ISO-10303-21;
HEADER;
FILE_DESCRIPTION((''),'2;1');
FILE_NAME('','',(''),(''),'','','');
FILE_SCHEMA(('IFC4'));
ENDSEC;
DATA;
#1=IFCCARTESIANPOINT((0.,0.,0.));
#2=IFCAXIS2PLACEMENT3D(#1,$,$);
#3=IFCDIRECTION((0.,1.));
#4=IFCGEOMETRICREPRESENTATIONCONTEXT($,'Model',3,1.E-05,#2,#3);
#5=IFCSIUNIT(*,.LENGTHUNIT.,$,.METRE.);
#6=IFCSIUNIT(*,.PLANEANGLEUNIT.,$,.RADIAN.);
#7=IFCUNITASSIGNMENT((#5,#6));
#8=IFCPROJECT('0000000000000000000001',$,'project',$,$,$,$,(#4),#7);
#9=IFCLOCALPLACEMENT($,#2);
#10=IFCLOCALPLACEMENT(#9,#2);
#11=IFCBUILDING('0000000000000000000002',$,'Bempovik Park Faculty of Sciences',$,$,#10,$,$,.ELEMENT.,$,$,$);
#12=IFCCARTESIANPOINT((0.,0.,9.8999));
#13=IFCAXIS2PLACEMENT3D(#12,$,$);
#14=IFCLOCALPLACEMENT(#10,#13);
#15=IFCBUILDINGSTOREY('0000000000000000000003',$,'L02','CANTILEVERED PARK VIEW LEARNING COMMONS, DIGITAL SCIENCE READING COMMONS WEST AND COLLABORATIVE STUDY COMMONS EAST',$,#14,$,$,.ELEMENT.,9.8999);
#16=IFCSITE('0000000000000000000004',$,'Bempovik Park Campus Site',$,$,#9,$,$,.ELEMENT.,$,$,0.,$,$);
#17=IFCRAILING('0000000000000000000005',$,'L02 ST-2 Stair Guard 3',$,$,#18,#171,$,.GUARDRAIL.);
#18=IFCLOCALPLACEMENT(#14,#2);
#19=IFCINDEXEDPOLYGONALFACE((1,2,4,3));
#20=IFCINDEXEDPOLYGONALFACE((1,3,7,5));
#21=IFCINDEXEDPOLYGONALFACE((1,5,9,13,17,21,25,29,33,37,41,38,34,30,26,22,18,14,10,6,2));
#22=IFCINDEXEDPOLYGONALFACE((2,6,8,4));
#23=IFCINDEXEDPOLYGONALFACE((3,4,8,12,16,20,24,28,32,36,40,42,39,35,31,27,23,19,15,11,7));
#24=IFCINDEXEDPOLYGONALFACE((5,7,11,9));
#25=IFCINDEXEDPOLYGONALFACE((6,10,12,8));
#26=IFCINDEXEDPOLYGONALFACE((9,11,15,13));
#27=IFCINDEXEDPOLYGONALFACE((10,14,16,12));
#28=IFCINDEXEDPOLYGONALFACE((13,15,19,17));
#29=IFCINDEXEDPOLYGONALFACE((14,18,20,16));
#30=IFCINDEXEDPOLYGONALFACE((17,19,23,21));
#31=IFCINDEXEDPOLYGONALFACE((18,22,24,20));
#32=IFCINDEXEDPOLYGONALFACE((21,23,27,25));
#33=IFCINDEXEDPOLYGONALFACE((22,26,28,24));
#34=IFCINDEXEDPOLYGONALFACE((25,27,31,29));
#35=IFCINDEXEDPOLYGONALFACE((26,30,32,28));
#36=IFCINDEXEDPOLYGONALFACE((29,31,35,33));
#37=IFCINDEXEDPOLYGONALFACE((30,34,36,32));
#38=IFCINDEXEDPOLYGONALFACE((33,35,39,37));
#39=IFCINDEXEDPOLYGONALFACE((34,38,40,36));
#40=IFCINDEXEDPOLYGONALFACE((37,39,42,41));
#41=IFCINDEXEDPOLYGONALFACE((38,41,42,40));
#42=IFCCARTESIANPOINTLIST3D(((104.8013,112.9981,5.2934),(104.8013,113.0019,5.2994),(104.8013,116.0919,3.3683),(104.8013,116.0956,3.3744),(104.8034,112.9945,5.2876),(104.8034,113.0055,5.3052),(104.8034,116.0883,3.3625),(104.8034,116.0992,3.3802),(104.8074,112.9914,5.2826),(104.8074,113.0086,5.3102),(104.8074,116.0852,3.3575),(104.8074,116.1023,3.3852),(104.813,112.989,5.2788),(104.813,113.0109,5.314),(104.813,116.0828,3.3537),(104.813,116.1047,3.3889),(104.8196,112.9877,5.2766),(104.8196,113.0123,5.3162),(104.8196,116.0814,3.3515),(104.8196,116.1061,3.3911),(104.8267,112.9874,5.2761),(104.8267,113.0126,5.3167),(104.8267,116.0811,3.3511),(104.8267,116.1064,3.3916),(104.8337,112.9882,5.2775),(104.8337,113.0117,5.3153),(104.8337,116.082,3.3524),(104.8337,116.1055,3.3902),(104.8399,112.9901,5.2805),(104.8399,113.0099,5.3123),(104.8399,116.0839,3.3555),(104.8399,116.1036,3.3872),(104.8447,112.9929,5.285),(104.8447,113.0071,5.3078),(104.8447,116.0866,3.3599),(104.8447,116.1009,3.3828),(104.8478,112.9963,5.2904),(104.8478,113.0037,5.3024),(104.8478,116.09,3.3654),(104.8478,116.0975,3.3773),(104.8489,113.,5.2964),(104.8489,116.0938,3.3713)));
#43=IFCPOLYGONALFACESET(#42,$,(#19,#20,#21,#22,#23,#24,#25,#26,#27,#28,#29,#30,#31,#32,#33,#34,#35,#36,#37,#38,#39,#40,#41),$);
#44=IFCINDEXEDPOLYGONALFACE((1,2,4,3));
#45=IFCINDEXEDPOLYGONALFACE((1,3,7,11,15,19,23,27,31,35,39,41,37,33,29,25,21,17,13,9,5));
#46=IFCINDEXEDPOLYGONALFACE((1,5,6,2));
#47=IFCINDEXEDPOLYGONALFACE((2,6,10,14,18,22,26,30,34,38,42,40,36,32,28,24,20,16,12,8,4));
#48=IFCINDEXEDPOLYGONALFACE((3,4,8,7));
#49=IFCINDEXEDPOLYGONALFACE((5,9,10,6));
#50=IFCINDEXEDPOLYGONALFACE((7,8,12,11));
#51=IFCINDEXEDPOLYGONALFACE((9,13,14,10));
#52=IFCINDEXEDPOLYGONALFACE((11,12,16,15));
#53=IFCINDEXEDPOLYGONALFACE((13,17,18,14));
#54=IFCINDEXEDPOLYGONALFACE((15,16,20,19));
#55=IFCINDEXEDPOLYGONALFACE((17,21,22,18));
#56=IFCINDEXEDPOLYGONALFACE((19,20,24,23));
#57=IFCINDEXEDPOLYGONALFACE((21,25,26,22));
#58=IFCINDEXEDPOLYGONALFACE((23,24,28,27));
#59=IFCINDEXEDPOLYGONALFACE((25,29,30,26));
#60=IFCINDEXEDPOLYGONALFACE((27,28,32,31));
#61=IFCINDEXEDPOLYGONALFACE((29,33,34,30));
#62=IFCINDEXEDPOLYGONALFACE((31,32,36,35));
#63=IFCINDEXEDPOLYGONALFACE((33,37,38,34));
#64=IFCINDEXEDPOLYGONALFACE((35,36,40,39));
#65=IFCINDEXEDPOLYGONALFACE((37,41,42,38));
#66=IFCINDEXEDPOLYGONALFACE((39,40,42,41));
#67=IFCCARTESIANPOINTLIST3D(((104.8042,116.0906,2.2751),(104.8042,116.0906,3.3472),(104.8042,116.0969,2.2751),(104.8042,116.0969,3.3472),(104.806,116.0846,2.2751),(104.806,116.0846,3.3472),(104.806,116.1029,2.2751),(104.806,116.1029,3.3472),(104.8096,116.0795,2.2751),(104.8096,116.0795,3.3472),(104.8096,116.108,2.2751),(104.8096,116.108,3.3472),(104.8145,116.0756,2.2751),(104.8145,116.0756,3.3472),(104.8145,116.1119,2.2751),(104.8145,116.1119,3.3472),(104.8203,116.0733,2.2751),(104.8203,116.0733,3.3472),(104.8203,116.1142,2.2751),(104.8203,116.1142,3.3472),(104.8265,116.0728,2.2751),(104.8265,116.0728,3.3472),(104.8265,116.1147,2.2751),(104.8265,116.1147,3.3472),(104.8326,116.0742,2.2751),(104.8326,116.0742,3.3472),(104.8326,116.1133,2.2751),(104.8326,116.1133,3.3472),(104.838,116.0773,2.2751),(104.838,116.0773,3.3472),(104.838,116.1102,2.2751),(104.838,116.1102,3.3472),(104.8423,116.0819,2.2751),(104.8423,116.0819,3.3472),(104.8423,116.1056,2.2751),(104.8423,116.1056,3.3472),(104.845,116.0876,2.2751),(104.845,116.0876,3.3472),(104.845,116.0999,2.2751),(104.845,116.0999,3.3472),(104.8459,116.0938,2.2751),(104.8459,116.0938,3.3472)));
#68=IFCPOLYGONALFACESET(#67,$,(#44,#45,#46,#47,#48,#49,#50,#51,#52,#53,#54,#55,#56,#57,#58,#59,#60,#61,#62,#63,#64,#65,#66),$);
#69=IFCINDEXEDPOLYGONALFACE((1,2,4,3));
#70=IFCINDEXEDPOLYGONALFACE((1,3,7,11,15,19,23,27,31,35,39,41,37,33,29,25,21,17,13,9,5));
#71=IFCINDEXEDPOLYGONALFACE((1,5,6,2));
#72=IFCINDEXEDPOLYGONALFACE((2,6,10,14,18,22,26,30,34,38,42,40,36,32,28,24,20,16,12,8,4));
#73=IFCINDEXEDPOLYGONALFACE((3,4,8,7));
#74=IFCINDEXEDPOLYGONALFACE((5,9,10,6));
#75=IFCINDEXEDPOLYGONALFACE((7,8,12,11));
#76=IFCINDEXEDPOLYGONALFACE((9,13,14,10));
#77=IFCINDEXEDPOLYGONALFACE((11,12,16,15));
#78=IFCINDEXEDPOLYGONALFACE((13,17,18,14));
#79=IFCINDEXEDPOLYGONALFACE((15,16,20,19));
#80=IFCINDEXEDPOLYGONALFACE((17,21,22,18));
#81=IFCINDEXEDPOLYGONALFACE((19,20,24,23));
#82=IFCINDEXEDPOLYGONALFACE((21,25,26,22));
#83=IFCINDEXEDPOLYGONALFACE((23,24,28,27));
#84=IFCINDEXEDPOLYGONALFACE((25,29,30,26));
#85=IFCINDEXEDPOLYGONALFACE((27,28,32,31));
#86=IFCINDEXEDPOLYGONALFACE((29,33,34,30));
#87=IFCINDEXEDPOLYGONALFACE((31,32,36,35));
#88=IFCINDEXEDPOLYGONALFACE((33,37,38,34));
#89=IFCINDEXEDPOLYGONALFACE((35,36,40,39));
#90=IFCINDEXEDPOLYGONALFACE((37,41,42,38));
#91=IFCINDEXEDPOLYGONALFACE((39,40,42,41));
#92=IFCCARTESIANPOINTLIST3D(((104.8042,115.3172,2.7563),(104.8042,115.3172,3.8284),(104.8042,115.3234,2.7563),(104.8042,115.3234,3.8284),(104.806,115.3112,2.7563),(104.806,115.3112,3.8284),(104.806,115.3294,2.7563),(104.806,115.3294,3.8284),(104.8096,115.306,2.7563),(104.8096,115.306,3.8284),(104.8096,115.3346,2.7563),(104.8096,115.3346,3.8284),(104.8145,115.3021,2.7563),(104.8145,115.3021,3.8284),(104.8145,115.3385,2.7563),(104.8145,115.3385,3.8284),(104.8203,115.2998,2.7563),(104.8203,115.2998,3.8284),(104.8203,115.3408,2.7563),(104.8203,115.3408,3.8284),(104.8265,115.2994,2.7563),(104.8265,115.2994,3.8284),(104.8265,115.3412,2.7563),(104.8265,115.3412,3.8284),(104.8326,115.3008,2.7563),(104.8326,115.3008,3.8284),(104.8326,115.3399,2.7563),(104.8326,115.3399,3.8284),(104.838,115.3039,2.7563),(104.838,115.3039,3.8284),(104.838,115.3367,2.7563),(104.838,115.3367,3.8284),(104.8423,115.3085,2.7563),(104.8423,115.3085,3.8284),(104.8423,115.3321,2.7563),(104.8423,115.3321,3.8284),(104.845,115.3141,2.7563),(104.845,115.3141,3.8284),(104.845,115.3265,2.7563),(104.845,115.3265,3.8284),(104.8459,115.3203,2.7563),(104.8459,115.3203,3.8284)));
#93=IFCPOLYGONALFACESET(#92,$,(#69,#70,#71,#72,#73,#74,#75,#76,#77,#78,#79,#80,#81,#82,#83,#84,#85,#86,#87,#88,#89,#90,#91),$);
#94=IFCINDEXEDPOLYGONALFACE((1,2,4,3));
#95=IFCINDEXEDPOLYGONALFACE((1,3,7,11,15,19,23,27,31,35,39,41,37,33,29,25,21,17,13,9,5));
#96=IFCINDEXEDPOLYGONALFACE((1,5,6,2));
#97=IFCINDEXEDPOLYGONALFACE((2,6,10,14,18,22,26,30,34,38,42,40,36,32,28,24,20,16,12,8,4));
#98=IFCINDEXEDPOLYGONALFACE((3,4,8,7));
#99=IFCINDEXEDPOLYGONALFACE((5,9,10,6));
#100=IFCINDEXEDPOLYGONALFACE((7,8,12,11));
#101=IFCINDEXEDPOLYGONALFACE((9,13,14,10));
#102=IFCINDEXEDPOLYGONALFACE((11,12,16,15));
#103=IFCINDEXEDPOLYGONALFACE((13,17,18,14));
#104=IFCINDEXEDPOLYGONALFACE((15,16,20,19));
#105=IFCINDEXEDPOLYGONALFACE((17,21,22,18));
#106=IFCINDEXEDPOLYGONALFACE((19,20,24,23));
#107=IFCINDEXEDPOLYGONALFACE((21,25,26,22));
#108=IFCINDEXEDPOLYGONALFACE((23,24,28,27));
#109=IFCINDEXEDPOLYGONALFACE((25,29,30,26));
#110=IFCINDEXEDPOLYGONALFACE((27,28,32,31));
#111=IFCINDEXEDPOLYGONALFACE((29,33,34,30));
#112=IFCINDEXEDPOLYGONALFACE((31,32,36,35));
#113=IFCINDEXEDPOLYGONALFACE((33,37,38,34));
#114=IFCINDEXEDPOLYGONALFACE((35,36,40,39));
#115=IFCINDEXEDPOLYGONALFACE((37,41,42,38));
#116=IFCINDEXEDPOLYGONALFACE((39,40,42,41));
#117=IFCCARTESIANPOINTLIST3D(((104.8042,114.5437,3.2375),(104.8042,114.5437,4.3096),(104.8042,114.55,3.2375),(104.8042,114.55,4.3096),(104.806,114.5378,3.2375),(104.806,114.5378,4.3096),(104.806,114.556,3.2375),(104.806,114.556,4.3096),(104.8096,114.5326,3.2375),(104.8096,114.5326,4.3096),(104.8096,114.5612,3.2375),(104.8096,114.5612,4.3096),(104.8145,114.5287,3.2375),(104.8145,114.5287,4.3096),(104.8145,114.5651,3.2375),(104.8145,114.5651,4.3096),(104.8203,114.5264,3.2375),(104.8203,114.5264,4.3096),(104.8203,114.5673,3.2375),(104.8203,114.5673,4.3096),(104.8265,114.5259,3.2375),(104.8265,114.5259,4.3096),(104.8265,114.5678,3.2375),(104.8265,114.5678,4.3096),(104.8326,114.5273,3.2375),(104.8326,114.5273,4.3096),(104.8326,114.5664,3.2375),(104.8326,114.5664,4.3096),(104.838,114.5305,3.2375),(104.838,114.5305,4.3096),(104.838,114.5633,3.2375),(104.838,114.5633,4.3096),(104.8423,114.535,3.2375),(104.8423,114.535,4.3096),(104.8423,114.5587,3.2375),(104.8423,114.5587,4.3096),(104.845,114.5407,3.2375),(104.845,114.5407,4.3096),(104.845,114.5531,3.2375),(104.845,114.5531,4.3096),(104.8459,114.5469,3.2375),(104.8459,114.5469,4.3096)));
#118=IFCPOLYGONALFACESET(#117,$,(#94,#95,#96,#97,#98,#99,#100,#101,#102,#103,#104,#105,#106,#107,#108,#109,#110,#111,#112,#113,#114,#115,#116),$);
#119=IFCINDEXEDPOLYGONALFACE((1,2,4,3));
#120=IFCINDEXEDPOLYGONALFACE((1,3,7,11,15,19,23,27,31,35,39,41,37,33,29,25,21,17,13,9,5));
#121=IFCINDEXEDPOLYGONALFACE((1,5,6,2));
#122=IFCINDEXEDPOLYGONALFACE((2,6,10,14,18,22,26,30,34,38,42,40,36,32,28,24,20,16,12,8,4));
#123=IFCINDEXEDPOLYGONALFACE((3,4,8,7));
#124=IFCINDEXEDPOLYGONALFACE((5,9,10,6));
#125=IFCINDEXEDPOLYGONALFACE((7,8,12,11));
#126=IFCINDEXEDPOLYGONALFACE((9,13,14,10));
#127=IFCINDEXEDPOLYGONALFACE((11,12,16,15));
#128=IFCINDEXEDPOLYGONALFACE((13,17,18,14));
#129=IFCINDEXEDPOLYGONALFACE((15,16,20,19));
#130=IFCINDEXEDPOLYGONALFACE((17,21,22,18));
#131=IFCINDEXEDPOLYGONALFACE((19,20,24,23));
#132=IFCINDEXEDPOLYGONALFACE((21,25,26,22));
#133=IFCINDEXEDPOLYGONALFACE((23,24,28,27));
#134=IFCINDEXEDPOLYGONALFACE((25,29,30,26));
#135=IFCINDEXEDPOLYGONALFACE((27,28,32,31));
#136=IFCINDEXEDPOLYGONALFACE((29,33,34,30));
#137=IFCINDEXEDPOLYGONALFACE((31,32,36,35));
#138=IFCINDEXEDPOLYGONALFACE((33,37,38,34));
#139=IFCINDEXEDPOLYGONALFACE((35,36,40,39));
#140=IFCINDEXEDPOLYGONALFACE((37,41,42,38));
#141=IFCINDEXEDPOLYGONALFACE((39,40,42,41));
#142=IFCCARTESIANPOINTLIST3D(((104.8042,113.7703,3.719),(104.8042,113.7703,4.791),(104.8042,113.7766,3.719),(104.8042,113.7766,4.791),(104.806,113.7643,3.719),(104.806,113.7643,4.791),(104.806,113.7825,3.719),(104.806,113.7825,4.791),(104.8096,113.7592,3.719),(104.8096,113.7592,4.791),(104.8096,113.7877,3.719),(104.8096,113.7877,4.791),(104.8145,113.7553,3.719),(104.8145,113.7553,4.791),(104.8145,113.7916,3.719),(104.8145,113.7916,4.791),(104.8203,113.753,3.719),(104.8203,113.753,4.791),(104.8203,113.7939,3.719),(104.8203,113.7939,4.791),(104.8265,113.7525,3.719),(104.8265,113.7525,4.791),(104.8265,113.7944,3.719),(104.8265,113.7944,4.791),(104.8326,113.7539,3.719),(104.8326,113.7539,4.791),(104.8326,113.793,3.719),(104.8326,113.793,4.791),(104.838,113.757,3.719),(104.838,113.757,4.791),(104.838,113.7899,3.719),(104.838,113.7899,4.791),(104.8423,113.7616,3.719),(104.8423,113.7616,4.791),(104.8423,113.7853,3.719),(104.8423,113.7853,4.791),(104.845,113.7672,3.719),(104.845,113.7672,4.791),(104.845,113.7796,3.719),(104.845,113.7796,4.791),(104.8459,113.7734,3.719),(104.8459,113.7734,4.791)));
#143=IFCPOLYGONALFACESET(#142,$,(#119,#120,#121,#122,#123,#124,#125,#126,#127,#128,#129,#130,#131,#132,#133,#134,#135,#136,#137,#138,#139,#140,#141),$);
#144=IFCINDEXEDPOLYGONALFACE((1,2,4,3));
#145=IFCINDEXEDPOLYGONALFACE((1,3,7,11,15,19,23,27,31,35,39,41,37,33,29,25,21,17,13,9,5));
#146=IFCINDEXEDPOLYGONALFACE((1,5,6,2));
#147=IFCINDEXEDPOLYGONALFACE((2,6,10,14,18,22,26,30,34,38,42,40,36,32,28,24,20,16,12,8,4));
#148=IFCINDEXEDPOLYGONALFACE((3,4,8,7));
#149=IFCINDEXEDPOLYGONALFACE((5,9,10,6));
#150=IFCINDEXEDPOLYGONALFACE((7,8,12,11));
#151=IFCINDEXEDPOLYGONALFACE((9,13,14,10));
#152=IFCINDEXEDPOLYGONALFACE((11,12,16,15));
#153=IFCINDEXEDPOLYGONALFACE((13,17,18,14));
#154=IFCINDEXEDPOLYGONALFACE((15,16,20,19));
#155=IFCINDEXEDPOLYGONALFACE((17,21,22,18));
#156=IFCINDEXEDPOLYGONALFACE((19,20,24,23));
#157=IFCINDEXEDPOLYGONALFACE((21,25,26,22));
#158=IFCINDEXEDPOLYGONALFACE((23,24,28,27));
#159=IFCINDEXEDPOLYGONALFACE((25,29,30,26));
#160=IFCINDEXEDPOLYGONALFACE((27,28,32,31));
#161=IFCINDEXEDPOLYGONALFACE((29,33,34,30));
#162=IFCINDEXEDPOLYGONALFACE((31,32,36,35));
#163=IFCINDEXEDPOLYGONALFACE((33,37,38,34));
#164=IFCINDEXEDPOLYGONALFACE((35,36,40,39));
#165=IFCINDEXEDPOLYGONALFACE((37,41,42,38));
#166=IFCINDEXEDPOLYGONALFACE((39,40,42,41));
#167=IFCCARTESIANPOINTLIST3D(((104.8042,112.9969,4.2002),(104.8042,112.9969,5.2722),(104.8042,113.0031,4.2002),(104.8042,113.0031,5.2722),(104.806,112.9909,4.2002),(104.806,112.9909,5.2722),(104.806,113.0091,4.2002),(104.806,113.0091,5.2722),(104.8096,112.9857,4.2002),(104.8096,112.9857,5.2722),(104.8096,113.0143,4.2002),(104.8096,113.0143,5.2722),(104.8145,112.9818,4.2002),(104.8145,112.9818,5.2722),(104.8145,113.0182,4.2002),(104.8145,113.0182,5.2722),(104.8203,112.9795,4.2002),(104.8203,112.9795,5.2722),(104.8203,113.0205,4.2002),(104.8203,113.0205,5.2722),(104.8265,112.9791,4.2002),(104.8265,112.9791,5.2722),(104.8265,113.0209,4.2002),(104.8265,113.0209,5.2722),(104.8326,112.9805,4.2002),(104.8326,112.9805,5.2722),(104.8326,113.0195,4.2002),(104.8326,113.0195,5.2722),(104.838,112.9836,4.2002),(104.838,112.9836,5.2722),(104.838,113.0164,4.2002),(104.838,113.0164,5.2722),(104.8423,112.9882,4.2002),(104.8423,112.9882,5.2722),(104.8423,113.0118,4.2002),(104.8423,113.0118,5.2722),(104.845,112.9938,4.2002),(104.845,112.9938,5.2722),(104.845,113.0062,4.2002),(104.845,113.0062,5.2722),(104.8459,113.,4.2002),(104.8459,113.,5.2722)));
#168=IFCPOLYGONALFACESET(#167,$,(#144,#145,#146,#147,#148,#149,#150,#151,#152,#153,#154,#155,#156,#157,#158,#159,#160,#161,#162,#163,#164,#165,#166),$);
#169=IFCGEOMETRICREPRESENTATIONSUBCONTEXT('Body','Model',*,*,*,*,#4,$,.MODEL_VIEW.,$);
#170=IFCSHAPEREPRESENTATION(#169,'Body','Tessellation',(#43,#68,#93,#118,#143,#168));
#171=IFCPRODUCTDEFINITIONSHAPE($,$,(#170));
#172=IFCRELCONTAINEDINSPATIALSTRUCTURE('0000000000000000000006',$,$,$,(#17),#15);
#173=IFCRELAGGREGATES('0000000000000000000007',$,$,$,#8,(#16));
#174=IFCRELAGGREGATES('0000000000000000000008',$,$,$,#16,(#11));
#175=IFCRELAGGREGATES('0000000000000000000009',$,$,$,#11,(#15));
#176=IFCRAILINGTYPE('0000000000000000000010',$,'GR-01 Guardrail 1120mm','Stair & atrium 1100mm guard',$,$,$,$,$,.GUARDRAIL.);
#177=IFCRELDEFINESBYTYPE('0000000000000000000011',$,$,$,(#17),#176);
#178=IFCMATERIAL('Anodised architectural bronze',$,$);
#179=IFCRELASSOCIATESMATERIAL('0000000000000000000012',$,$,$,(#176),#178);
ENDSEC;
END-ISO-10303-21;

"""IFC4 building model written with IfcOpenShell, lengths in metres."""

from ifc_helpers import new_model, si_unit, direction, frame, origin, origin_2d, place, context, subcontext, project, spatial, circle, extrude, material, type_object, element, save


model = new_model("IFC4")

# Units and contexts
model_context = context("Model", 3, precision=1e-05, world=origin(), true_north=direction((0.0, 1.0)))
body_context = subcontext(model_context, "Body", "Model", "MODEL_VIEW")
ifc_project = project(units=[si_unit("LENGTHUNIT", "METRE"), si_unit("PLANEANGLEUNIT", "RADIAN")], contexts=[model_context])

# Site, building, storey
site_placement = place(None, origin())
site = spatial("IfcSite", under=ifc_project, at=site_placement, Name="Bempovik Park Campus Site", CompositionType="ELEMENT", RefElevation=0.0)
building_placement = place(site_placement, origin())
building = spatial("IfcBuilding", under=site, at=building_placement, Name="Bempovik Park Faculty of Sciences", CompositionType="ELEMENT")
storey_placement = place(building_placement, frame((0.0, 0.0, 9.8999)))
storey = spatial("IfcBuildingStorey", under=building, at=storey_placement, Name="L02", Description="CANTILEVERED PARK VIEW LEARNING COMMONS, DIGITAL SCIENCE READING COMMONS WEST AND COLLABORATIVE STUDY COMMONS EAST", CompositionType="ELEMENT", Elevation=9.8999)

# Railing
ifc_material_1 = material(Name="Anodised architectural bronze")
railing_type_1 = type_object("IfcRailingType", Name="GR-01 Guardrail 1120mm", Description="Stair & atrium 1100mm guard", PredefinedType="GUARDRAIL", material=ifc_material_1)
railing_1_placement = place(storey_placement, frame((104.825, 116.0938, 2.2751)))
element("IfcRailing", 1, at=railing_1_placement, inside=storey, type_object=railing_type_1, Name="L02 ST-2 Stair Guard 3", PredefinedType="GUARDRAIL", context=body_context, shape_type="SweptSolid", body=[
    extrude(circle(Radius=0.0239, at=origin_2d()), frame((0.0, 0.0, 1.0962), z_axis=(0.0, -0.849051, 0.528312), x_axis=(1.0, 0.0, 0.0)), (0.0, 0.0, 1.0), 3.6438),
    extrude(circle(Radius=0.021, at=origin_2d()), origin(), (0.0, 0.0, 1.0), 1.072),
    extrude(circle(Radius=0.021, at=origin_2d()), frame((0.0, -0.7734, 0.4812)), (0.0, 0.0, 1.0), 1.072),
    extrude(circle(Radius=0.021, at=origin_2d()), frame((0.0, -1.5469, 0.9624)), (0.0, 0.0, 1.0), 1.072),
    extrude(circle(Radius=0.021, at=origin_2d()), frame((0.0, -2.3203, 1.4438)), (0.0, 0.0, 1.0), 1.072),
    extrude(circle(Radius=0.021, at=origin_2d()), frame((0.0, -3.0938, 1.925)), (0.0, 0.0, 1.0), 1.072),
])

save(model, "model.ifc")
